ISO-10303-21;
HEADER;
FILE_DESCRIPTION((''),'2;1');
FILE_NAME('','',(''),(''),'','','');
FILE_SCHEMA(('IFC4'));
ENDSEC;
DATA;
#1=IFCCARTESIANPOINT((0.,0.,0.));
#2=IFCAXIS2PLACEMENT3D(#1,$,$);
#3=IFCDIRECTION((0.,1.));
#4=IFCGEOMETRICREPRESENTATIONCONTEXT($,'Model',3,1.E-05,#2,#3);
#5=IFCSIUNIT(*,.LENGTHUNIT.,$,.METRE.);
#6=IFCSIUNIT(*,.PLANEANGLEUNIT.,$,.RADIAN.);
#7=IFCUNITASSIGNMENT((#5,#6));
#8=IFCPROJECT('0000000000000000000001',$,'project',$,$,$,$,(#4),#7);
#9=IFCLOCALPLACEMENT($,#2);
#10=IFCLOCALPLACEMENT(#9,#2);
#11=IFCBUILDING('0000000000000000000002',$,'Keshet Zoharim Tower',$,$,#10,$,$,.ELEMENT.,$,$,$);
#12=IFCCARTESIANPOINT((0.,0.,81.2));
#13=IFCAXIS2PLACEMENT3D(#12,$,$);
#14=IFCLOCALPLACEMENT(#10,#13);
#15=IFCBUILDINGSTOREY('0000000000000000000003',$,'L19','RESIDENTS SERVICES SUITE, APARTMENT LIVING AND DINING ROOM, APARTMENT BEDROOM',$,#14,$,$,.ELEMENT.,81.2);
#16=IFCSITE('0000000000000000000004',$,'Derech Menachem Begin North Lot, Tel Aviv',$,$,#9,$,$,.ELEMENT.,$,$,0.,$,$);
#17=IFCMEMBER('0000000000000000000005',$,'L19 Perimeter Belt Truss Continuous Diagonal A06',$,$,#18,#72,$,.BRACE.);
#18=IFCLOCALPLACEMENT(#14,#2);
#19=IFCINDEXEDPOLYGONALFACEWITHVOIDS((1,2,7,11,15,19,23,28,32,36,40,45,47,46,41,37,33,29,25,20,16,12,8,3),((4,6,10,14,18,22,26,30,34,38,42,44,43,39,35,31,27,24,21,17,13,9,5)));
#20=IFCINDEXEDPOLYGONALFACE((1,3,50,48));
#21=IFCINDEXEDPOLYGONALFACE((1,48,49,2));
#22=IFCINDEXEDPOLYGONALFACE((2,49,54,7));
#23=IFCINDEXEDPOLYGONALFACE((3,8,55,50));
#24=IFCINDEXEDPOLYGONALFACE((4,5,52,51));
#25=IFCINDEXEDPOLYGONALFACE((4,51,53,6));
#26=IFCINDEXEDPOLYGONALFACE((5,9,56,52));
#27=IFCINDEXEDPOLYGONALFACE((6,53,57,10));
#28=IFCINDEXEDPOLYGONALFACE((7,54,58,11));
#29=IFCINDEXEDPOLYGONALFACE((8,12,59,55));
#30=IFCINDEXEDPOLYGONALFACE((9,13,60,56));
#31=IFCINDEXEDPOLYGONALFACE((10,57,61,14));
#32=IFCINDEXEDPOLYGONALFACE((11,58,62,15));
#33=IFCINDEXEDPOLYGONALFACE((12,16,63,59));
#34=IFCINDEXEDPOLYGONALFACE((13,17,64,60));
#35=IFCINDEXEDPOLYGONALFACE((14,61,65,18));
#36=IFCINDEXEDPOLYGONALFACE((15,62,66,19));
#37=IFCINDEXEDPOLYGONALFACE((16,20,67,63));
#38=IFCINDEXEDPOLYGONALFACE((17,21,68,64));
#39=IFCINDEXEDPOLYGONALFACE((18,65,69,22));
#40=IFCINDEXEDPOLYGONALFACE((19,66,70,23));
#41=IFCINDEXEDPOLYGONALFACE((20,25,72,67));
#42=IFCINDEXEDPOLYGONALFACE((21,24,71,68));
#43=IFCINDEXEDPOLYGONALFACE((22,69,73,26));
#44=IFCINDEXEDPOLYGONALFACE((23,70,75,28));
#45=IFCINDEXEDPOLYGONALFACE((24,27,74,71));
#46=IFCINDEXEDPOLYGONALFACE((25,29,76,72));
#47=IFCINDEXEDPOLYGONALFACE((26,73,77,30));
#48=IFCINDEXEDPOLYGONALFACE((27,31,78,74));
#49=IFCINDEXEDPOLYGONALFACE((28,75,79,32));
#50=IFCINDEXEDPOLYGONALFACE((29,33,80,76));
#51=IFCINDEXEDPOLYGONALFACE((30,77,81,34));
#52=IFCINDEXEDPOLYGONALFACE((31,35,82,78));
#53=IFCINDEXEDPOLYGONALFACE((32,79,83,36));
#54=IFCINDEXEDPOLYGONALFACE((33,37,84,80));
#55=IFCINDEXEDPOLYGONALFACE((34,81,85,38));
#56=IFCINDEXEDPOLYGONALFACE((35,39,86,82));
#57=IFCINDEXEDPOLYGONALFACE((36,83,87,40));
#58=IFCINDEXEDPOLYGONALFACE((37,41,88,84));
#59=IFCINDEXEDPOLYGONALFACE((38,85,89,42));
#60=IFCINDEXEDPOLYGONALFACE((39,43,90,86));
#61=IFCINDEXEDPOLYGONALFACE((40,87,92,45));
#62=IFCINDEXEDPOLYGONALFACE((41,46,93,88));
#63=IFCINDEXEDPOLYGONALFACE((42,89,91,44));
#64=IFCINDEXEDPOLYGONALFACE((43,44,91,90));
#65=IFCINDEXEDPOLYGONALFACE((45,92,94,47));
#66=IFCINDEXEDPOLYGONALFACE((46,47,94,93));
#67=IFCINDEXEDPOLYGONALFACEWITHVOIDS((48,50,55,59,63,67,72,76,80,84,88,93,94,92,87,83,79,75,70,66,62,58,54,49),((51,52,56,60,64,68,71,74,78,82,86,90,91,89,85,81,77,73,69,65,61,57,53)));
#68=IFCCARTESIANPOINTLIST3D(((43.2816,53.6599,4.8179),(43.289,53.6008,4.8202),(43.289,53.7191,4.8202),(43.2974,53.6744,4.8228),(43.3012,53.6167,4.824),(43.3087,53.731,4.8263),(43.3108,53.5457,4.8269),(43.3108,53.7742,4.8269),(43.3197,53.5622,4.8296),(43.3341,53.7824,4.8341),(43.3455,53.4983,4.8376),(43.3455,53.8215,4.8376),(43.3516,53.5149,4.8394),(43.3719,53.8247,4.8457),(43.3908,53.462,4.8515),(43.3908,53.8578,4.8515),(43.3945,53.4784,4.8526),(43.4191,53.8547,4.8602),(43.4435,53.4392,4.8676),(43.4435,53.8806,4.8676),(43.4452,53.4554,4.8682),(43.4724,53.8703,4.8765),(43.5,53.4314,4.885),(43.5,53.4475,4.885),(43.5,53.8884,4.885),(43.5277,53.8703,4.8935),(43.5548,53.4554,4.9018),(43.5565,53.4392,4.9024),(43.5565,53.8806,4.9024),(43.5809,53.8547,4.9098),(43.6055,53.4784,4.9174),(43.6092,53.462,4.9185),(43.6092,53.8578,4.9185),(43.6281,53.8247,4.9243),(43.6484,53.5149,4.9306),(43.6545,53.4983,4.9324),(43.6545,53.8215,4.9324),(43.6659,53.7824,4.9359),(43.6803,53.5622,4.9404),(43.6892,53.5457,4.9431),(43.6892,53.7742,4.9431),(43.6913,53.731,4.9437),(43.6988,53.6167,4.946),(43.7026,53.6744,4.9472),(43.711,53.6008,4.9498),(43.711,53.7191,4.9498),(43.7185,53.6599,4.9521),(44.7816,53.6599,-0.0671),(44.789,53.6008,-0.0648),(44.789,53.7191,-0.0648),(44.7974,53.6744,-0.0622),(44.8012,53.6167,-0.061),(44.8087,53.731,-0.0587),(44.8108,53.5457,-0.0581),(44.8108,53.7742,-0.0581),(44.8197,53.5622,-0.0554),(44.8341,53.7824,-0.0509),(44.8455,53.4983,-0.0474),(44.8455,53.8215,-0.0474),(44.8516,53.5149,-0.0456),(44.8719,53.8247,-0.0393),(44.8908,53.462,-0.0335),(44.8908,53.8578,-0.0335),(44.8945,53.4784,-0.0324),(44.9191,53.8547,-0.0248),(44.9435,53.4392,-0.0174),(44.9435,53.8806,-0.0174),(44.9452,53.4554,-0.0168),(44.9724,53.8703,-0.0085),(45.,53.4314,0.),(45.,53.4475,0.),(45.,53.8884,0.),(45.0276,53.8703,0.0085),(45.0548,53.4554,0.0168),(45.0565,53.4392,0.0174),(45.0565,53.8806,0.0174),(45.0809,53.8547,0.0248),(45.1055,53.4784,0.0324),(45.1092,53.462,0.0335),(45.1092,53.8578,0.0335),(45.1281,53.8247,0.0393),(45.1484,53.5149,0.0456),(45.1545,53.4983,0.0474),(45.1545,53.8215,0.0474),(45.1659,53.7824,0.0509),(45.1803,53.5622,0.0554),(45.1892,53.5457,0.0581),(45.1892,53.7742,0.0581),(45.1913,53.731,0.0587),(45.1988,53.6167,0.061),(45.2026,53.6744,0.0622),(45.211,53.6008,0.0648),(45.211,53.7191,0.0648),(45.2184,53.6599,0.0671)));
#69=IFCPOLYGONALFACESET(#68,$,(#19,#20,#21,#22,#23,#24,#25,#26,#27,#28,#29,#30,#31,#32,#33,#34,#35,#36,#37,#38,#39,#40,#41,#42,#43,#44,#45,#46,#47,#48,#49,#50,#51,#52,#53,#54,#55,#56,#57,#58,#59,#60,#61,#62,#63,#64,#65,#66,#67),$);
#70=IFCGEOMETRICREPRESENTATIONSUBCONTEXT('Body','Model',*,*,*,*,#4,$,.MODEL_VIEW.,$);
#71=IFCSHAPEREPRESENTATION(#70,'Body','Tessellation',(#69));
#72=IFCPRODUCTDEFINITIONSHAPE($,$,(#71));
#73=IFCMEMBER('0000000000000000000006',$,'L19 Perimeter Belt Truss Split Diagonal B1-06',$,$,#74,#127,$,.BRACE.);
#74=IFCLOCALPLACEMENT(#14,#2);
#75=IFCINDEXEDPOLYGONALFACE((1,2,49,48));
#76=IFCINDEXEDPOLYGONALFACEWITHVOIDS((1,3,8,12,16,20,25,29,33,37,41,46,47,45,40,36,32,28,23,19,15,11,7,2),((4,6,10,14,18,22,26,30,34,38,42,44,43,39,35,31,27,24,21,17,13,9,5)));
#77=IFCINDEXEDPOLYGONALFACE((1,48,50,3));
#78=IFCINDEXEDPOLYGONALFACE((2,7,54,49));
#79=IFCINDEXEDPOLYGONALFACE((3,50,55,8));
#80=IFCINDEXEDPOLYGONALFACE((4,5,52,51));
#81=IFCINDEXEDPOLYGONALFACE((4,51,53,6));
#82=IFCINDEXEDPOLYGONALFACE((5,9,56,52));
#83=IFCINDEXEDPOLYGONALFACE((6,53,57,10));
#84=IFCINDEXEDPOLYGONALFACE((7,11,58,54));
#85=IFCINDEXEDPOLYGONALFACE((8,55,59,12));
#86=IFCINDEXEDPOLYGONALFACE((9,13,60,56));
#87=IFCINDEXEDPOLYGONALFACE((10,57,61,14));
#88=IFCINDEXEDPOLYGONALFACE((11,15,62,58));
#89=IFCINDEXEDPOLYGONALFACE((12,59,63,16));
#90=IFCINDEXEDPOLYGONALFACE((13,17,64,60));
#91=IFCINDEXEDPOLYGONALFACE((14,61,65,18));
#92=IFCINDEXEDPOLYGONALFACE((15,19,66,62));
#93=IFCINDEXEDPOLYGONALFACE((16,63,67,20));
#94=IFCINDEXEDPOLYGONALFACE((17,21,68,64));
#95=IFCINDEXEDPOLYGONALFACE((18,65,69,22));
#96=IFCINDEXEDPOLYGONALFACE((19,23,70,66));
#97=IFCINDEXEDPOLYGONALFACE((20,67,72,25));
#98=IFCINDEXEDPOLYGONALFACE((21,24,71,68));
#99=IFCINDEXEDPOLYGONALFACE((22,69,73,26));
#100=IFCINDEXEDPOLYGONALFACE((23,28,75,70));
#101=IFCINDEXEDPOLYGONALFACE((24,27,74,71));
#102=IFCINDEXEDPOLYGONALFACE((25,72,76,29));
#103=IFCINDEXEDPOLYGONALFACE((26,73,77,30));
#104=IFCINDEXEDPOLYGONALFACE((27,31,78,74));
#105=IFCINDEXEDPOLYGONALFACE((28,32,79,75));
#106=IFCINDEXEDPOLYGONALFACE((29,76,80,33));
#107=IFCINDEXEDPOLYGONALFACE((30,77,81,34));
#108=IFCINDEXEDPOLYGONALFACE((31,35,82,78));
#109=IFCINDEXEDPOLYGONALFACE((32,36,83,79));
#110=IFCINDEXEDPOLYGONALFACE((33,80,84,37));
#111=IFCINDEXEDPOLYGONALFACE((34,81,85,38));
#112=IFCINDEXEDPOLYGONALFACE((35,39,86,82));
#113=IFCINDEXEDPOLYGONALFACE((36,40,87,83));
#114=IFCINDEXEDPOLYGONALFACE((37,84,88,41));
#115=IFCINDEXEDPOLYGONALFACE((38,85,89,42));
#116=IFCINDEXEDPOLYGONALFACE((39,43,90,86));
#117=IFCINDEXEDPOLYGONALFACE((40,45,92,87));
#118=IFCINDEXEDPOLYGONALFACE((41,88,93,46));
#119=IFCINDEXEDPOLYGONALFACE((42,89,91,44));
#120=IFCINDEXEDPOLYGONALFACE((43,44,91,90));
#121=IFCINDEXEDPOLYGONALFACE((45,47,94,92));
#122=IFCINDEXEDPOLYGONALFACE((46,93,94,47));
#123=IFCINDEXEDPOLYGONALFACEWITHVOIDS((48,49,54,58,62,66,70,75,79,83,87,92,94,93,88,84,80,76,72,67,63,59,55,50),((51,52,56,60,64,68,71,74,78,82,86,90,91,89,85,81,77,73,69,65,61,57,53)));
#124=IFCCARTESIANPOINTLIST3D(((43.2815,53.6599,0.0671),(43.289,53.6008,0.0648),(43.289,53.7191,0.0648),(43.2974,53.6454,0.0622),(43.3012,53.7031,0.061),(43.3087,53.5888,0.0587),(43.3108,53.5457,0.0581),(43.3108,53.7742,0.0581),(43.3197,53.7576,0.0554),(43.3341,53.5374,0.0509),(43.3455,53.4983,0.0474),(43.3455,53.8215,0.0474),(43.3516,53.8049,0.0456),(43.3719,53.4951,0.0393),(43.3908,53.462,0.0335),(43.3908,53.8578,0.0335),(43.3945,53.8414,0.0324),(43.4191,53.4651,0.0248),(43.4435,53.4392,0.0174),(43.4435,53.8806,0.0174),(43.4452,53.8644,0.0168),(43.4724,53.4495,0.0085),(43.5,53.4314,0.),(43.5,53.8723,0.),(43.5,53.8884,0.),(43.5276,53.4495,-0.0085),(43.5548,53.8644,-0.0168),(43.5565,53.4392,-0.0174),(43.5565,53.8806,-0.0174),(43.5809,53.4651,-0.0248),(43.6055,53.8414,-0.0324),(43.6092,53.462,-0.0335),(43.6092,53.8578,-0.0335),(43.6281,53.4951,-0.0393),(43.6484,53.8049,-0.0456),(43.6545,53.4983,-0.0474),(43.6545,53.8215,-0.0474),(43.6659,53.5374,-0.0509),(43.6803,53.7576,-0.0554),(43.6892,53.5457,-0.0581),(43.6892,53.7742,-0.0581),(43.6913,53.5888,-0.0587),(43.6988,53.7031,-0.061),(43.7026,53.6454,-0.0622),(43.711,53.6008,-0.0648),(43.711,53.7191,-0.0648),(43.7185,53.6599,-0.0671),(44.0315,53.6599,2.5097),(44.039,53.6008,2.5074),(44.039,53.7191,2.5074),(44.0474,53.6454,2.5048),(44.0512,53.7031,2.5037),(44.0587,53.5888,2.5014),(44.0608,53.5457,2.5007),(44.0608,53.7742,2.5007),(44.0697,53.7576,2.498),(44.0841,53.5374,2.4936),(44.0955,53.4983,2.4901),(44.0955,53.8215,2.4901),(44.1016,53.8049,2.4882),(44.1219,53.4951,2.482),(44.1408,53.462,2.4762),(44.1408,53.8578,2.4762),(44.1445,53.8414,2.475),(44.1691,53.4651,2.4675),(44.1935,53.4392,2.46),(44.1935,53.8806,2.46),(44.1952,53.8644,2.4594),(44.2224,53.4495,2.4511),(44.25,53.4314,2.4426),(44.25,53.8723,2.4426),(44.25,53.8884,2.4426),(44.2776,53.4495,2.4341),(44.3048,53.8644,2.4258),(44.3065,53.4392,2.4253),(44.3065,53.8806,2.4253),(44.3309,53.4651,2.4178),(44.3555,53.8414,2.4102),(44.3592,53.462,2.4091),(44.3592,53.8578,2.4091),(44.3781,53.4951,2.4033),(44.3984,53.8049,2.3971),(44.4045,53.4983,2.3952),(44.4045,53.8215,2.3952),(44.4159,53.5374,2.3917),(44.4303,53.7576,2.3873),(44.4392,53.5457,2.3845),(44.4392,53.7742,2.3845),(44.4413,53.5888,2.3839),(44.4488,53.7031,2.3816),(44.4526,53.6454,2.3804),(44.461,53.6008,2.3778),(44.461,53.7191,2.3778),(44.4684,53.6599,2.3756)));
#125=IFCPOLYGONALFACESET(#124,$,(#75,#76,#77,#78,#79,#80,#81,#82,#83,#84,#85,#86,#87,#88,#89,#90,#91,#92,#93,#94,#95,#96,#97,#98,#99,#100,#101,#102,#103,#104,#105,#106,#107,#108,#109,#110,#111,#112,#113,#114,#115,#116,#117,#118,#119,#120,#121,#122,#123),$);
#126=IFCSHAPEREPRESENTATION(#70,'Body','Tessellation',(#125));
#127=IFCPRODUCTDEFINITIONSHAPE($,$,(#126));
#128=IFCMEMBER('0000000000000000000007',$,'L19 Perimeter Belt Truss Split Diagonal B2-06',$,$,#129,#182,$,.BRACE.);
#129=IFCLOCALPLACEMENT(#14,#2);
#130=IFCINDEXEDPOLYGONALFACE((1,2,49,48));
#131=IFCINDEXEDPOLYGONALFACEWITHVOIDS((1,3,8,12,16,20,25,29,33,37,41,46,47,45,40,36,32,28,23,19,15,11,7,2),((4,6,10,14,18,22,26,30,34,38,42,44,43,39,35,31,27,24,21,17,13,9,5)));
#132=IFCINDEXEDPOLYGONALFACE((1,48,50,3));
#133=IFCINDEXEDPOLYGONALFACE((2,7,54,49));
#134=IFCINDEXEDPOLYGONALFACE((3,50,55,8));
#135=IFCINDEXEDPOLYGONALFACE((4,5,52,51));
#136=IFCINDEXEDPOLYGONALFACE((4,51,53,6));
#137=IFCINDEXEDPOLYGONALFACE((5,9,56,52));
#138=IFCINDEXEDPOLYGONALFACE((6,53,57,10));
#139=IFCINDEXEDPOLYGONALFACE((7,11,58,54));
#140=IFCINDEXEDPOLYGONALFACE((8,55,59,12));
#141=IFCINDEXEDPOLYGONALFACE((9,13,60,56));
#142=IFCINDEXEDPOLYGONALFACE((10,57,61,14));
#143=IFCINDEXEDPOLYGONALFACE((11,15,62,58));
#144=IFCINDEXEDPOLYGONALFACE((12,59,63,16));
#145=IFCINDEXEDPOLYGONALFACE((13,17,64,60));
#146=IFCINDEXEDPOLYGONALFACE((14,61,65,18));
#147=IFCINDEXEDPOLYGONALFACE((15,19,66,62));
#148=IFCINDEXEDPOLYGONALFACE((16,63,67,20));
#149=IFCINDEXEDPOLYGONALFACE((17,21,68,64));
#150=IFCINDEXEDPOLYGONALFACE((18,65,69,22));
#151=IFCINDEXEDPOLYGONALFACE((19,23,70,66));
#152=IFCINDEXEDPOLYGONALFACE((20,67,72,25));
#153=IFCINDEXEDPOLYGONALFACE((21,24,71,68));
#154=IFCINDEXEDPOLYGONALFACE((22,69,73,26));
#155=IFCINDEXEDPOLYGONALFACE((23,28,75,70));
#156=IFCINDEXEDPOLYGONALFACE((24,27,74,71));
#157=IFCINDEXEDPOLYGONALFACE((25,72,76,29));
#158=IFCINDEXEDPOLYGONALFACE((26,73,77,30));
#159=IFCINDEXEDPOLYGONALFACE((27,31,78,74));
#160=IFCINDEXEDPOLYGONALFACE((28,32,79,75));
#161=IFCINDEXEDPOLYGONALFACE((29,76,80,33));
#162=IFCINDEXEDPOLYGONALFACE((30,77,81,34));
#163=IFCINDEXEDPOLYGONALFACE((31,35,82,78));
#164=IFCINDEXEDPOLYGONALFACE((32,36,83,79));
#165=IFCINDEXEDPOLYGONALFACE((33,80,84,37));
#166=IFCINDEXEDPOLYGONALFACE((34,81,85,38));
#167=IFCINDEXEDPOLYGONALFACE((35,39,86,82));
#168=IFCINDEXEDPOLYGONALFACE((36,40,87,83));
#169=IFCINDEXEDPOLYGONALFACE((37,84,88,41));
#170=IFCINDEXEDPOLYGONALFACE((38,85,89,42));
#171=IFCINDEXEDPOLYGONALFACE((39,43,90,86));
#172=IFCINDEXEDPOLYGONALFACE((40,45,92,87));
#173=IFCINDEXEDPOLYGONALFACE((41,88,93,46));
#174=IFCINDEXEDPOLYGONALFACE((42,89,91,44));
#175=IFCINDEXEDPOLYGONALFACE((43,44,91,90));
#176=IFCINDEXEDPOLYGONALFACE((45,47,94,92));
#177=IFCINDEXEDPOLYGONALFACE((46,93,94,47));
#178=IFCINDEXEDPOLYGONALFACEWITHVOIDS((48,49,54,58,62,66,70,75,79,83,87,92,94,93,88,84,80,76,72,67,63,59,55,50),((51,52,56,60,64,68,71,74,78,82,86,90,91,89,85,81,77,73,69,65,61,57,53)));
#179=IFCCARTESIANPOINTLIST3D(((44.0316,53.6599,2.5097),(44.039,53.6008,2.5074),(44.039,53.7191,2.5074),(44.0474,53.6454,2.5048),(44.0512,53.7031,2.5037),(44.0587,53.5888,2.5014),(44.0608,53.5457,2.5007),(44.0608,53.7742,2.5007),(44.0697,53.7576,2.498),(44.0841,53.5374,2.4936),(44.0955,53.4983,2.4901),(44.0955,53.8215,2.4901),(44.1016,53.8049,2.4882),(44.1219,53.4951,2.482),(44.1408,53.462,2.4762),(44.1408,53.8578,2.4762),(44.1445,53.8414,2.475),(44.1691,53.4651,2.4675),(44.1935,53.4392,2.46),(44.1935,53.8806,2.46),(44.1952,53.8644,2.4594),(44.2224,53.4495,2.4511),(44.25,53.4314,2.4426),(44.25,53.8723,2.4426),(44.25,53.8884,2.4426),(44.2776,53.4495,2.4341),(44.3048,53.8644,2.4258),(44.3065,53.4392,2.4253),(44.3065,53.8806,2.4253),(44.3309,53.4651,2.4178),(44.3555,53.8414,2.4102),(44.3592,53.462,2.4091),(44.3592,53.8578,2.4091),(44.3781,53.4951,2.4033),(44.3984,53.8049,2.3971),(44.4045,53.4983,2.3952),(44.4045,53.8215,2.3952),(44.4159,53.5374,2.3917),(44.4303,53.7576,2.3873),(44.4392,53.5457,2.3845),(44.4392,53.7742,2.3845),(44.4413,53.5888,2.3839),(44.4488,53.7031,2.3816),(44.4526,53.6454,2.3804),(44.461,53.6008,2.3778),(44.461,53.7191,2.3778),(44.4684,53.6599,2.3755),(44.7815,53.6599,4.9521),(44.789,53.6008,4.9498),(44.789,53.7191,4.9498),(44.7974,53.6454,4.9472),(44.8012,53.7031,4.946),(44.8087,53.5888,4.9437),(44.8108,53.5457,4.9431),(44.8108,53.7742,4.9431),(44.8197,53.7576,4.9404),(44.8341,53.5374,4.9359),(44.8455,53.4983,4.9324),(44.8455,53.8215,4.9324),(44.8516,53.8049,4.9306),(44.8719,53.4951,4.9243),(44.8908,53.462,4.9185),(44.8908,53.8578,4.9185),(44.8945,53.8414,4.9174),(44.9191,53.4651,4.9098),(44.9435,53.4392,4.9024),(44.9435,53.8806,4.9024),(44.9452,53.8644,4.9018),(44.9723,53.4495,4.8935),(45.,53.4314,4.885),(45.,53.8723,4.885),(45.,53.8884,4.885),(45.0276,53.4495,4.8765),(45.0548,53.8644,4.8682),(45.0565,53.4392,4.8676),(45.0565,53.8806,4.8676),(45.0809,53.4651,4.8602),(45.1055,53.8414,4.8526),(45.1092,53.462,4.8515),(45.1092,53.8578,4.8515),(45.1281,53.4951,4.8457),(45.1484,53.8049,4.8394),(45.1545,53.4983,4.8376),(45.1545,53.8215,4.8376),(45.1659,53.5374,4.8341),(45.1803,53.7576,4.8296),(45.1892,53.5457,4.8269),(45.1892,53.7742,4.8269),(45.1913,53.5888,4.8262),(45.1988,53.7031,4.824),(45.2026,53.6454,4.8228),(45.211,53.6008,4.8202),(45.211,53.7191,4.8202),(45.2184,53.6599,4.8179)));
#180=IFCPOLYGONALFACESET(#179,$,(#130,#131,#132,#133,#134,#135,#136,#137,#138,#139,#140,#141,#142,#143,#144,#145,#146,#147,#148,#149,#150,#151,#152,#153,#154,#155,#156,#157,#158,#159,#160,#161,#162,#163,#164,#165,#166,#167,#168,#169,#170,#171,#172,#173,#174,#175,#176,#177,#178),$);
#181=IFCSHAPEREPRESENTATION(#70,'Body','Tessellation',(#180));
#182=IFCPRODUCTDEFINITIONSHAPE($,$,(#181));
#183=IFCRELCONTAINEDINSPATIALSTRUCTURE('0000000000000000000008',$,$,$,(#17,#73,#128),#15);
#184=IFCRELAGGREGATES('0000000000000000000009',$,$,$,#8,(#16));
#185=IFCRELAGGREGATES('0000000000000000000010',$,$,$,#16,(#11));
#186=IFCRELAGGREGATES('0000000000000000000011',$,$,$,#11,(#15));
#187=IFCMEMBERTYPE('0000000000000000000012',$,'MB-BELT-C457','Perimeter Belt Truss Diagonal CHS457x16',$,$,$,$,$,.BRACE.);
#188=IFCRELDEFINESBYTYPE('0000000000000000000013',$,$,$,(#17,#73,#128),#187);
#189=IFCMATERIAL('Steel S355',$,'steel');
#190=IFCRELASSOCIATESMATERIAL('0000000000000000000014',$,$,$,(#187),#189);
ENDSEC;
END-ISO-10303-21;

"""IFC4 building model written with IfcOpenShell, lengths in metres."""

from ifc_helpers import new_model, si_unit, direction, frame, origin, origin_2d, place, context, subcontext, project, spatial, hollow_circle, extrude, material, material_profile, profile_set, type_object, element, save


model = new_model("IFC4")

# Units and contexts
model_context = context("Model", 3, precision=1e-05, world=origin(), true_north=direction((0.0, 1.0)))
body_context = subcontext(model_context, "Body", "Model", "MODEL_VIEW")
ifc_project = project(units=[si_unit("LENGTHUNIT", "METRE"), si_unit("PLANEANGLEUNIT", "RADIAN")], contexts=[model_context])

# Site, building, storey
site_placement = place(None, origin())
site = spatial("IfcSite", under=ifc_project, at=site_placement, Name="Derech Menachem Begin North Lot, Tel Aviv", CompositionType="ELEMENT", RefElevation=0.0)
building_placement = place(site_placement, origin())
building = spatial("IfcBuilding", under=site, at=building_placement, Name="Keshet Zoharim Tower", CompositionType="ELEMENT")
storey_placement = place(building_placement, frame((0.0, 0.0, 81.2)))
storey = spatial("IfcBuildingStorey", under=building, at=storey_placement, Name="L19", Description="RESIDENTS SERVICES SUITE, APARTMENT LIVING AND DINING ROOM, APARTMENT BEDROOM", CompositionType="ELEMENT", Elevation=81.2)

# Shared definitions
ifc_material_1 = material(Name="Steel S355", Category="steel")

# Members
ifc_material_profile_1 = material_profile(ifc_material_1, hollow_circle(Radius=0.2285, WallThickness=0.0161, at=origin_2d()), Name="CHS457x16")
ifc_profile_set_1 = profile_set([ifc_material_profile_1], Name="Steel S355")
member_type_1 = type_object("IfcMemberType", Name="MB-BELT-C457", Description="Perimeter Belt Truss Diagonal CHS457x16", PredefinedType="BRACE", material=ifc_profile_set_1)
member_1_placement = place(storey_placement, frame((45.0, 53.6599, 0.0), z_axis=(-0.293535, 0.0, 0.955948), x_axis=(0.0, -1.0, 0.0)))
element("IfcMember", 1, at=member_1_placement, inside=storey, type_object=member_type_1, Name="L19 Perimeter Belt Truss Continuous Diagonal A06", PredefinedType="BRACE", context=body_context, shape_type="SweptSolid", body=[
    extrude(hollow_circle(Radius=0.2285, WallThickness=0.0161, at=origin_2d()), origin(), (0.0, 0.0, 1.0), 5.1101),
])
member_2_placement = place(storey_placement, frame((43.5, 53.6599, 0.0), z_axis=(0.293522, 0.0, 0.955952), x_axis=(0.0, 1.0, 0.0)))
element("IfcMember", 2, at=member_2_placement, inside=storey, type_object=member_type_1, Name="L19 Perimeter Belt Truss Split Diagonal B1-06", PredefinedType="BRACE", context=body_context, shape_type="SweptSolid", body=[
    extrude(hollow_circle(Radius=0.2285, WallThickness=0.0161, at=origin_2d()), origin(), (0.0, 0.0, 1.0), 2.5552),
])
member_3_placement = place(storey_placement, frame((44.25, 53.6599, 2.4426), z_axis=(0.293549, 0.0, 0.955944), x_axis=(0.0, 1.0, 0.0)))
element("IfcMember", 3, at=member_3_placement, inside=storey, type_object=member_type_1, Name="L19 Perimeter Belt Truss Split Diagonal B2-06", PredefinedType="BRACE", context=body_context, shape_type="SweptSolid", body=[
    extrude(hollow_circle(Radius=0.2285, WallThickness=0.0161, at=origin_2d()), origin(), (0.0, 0.0, 1.0), 2.5549),
])

save(model, "model.ifc")
